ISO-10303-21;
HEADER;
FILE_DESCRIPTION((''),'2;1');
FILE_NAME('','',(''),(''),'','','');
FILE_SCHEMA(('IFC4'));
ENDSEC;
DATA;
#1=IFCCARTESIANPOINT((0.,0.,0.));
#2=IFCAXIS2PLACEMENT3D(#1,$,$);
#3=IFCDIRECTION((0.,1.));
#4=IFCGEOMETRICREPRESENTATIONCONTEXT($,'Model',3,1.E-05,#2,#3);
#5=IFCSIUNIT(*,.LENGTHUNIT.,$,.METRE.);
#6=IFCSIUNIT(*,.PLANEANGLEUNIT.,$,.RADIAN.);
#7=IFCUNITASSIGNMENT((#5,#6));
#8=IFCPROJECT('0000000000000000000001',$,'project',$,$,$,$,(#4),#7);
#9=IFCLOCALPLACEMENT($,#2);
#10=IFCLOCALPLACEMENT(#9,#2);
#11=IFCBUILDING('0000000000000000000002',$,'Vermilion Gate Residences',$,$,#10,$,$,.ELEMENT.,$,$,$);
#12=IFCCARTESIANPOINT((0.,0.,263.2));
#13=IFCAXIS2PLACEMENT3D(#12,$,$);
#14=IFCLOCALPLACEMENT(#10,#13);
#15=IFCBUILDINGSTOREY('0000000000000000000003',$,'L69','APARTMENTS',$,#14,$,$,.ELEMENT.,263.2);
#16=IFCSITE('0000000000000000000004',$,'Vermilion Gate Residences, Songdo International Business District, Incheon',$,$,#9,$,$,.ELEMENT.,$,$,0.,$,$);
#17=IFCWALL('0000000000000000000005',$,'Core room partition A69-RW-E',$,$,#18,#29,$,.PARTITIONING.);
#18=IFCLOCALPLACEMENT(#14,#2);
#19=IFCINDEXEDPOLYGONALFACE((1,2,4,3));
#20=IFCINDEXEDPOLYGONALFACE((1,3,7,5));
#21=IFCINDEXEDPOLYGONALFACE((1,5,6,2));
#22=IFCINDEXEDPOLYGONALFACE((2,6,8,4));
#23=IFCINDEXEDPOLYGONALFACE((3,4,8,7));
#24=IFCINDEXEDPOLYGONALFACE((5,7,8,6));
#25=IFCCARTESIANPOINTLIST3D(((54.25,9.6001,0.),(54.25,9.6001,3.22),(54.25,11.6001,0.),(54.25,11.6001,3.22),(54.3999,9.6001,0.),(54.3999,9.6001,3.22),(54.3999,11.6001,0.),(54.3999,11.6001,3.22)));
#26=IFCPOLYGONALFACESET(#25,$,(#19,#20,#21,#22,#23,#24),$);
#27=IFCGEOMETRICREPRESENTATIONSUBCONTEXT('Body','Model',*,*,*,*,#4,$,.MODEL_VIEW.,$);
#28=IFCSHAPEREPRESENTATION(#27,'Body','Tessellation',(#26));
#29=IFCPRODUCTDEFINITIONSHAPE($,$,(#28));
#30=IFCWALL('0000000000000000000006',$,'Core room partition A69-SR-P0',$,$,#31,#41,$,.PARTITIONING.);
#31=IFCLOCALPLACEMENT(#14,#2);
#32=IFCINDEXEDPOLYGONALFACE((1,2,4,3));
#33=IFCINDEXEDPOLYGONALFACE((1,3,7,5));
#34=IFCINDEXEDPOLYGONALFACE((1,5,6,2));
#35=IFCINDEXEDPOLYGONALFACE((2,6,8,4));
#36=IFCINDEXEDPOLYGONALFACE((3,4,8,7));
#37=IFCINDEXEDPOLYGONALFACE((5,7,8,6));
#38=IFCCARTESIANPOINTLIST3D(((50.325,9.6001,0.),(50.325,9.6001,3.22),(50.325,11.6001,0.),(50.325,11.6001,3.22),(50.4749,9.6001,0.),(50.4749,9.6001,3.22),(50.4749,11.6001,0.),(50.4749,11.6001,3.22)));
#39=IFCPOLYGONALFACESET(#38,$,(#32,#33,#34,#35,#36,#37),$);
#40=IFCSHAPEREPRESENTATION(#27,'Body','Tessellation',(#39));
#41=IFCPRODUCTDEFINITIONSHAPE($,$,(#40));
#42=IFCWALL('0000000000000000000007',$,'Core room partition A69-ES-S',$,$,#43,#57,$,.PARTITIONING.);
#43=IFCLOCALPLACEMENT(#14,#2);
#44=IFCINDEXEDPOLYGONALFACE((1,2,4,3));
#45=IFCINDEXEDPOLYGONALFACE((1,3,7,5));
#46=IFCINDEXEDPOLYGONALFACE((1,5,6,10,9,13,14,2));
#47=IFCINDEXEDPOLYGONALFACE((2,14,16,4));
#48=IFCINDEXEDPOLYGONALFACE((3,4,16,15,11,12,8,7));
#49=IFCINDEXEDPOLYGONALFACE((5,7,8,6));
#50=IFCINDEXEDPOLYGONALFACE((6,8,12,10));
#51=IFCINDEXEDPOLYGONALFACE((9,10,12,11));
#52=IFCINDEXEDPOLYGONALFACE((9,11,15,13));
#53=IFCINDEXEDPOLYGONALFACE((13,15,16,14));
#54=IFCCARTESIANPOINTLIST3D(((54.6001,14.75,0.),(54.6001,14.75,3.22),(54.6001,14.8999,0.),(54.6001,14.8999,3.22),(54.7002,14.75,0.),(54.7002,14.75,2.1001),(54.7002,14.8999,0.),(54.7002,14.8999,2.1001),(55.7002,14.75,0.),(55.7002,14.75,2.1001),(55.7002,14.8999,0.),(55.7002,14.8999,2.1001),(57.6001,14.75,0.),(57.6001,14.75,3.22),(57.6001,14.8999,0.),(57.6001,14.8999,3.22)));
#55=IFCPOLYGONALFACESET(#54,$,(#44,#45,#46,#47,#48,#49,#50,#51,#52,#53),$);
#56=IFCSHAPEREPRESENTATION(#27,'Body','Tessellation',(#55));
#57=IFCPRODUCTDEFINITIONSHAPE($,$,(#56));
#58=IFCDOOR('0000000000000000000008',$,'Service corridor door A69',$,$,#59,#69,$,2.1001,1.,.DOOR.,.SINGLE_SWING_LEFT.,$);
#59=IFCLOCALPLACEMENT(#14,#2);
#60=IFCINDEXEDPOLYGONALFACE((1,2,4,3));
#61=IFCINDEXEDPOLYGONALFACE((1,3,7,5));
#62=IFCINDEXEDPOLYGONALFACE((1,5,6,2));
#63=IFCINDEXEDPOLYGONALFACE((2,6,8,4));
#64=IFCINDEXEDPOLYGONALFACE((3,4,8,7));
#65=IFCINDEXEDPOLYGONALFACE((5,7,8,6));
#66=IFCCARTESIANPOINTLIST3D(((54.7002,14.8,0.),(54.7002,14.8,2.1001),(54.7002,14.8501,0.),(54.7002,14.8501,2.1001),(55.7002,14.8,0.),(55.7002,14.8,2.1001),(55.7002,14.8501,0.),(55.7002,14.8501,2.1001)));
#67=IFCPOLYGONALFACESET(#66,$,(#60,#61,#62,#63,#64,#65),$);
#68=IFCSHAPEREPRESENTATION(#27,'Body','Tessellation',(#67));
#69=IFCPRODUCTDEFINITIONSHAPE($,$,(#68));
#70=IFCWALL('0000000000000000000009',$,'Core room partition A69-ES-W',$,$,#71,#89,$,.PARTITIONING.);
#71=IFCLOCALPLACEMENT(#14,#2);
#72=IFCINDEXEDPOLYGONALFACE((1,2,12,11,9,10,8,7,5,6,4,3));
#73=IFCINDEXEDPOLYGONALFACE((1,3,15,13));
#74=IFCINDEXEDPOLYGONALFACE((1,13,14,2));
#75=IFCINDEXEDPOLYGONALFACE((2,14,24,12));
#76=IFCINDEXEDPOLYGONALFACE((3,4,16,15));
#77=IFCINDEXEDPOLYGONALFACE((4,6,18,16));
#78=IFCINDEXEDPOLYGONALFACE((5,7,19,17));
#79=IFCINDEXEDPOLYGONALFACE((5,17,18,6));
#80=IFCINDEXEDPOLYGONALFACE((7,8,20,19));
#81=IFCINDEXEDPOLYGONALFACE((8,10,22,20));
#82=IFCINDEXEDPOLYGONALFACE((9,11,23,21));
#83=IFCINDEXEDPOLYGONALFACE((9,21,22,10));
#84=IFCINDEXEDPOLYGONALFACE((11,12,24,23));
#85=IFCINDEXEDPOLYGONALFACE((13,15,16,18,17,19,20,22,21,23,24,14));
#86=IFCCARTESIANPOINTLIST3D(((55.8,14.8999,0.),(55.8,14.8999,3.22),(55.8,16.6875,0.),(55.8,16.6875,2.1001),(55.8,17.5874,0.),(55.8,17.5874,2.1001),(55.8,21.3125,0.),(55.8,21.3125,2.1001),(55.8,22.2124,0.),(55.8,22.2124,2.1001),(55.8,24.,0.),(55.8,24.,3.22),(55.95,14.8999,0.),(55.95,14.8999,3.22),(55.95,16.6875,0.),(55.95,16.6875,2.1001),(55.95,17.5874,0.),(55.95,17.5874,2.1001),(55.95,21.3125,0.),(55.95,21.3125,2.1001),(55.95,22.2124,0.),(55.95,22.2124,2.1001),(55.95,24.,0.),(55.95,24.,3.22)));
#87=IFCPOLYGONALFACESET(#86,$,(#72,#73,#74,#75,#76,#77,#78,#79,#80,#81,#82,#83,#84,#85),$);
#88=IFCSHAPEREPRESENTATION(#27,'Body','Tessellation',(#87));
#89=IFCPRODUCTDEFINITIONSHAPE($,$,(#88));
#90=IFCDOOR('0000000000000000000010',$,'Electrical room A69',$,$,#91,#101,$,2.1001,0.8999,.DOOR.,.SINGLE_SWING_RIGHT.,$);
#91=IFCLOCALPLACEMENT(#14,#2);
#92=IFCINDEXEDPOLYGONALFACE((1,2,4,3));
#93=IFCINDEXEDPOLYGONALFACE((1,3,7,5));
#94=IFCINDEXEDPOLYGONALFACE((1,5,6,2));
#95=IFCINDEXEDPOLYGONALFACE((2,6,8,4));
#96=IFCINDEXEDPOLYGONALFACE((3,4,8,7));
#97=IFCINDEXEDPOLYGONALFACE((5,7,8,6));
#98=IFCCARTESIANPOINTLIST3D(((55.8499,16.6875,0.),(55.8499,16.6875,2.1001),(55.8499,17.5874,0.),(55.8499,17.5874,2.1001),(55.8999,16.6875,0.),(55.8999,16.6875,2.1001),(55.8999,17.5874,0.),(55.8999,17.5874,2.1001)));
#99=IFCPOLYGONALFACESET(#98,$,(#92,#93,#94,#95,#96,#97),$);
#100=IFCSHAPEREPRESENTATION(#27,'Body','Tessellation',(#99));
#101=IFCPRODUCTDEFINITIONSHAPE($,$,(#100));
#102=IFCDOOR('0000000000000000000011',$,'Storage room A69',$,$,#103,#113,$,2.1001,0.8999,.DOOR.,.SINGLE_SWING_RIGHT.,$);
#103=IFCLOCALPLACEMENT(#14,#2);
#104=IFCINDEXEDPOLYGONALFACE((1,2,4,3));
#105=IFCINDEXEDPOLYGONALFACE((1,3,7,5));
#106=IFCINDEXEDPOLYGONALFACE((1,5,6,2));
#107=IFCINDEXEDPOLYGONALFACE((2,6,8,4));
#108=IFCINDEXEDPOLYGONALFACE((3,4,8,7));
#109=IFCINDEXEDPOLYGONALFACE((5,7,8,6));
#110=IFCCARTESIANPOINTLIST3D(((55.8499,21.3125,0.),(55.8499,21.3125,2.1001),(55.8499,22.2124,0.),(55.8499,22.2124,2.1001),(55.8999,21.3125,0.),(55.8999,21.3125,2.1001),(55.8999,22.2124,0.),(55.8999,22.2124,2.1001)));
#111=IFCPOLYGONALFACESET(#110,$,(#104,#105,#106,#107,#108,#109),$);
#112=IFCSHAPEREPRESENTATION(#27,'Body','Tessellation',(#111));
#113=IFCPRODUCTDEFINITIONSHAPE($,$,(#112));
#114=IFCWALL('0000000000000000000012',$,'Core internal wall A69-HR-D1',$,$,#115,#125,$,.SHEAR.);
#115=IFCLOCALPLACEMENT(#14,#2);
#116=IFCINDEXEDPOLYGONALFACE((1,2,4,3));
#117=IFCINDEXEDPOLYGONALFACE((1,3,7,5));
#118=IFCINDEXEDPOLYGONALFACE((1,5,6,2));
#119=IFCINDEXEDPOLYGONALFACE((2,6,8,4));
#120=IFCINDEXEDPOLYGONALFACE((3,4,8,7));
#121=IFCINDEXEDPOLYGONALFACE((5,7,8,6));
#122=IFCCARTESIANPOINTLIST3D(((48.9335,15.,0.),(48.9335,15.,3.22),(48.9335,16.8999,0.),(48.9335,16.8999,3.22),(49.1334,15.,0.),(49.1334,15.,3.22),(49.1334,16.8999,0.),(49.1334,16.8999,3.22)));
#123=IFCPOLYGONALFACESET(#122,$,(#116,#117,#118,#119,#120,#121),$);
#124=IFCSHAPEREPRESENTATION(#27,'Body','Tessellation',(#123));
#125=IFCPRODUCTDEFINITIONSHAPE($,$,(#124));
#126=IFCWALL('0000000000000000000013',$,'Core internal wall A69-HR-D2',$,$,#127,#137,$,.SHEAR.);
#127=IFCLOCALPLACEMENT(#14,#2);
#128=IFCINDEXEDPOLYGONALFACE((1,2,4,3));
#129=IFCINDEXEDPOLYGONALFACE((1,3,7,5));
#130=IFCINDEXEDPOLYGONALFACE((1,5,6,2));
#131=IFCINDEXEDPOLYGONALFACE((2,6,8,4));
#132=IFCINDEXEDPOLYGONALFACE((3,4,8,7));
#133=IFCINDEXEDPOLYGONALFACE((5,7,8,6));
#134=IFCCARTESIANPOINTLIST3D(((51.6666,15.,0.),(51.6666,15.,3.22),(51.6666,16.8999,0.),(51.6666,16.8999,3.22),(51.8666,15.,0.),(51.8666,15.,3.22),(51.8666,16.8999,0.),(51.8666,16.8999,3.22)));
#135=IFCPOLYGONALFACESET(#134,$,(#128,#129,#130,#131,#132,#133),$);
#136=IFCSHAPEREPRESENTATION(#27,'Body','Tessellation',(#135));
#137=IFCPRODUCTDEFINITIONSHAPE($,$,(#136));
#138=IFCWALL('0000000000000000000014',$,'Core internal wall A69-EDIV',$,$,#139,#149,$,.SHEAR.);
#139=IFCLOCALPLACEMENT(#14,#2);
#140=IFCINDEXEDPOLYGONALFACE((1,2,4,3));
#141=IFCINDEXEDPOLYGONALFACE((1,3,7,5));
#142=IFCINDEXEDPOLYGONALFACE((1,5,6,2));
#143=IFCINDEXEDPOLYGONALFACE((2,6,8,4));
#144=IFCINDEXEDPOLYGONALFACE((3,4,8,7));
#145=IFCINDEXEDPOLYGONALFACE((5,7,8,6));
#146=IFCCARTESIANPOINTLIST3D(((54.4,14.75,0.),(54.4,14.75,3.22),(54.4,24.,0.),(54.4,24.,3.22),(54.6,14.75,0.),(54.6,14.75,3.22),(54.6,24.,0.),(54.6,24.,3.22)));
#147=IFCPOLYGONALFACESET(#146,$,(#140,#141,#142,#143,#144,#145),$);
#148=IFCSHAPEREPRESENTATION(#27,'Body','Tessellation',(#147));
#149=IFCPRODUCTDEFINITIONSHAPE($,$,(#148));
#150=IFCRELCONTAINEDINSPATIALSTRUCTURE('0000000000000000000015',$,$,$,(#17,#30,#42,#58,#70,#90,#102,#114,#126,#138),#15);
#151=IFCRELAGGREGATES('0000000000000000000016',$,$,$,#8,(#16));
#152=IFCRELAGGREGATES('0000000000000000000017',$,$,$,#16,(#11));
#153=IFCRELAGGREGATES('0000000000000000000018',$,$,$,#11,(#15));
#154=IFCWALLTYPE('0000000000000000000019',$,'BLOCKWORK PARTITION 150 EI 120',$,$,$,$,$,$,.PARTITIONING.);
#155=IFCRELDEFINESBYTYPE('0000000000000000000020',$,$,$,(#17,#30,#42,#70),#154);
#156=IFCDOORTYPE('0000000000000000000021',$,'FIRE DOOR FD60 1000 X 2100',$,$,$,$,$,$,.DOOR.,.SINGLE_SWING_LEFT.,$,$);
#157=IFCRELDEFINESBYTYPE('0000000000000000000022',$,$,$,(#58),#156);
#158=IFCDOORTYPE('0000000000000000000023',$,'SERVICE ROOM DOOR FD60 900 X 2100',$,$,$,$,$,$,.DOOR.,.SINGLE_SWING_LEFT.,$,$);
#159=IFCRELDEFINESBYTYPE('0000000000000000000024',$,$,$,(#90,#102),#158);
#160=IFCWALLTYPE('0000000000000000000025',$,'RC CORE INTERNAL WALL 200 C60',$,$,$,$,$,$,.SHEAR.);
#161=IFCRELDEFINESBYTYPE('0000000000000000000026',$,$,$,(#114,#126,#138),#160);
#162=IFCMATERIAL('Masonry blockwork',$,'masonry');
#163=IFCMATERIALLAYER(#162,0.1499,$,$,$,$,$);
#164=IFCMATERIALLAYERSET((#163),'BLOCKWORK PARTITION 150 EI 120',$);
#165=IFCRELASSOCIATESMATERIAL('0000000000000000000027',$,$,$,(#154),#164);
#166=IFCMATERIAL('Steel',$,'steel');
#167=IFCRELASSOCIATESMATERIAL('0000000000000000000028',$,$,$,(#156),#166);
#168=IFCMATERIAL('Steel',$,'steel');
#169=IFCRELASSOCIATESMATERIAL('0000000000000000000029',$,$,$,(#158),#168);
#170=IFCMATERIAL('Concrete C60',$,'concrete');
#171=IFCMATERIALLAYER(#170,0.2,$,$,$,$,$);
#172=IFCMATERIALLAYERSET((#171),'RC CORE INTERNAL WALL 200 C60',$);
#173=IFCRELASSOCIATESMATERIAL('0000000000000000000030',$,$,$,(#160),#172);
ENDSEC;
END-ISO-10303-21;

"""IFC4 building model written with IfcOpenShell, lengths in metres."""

from ifc_helpers import new_model, si_unit, direction, frame, frame_2d, origin, place, context, subcontext, project, spatial, rectangle, extrude, material, layer, layer_set, type_object, element, fill, save


model = new_model("IFC4")

# Units and contexts
model_context = context("Model", 3, precision=1e-05, world=origin(), true_north=direction((0.0, 1.0)))
body_context = subcontext(model_context, "Body", "Model", "MODEL_VIEW")
ifc_project = project(units=[si_unit("LENGTHUNIT", "METRE"), si_unit("PLANEANGLEUNIT", "RADIAN")], contexts=[model_context])

# Site, building, storey
site_placement = place(None, origin())
site = spatial("IfcSite", under=ifc_project, at=site_placement, Name="Vermilion Gate Residences, Songdo International Business District, Incheon", CompositionType="ELEMENT", RefElevation=0.0)
building_placement = place(site_placement, origin())
building = spatial("IfcBuilding", under=site, at=building_placement, Name="Vermilion Gate Residences", CompositionType="ELEMENT")
storey_placement = place(building_placement, frame((0.0, 0.0, 263.2)))
storey = spatial("IfcBuildingStorey", under=building, at=storey_placement, Name="L69", Description="APARTMENTS", CompositionType="ELEMENT", Elevation=263.2)

# Walls
ifc_material_1 = material(Name="Masonry blockwork", Category="masonry")
ifc_layer_1 = layer(ifc_material_1, 0.1499)
ifc_layer_set_1 = layer_set([ifc_layer_1], Name="BLOCKWORK PARTITION 150 EI 120")
wall_type_1 = type_object("IfcWallType", Name="BLOCKWORK PARTITION 150 EI 120", PredefinedType="PARTITIONING", material=ifc_layer_set_1)
for number, where, z_axis, x_axis, name in (
    (1, (54.325, 9.6001, 0.0), (0.0, 0.0, 1.0), (0.0, 1.0, 0.0), "Core room partition A69-RW-E"),
    (2, (50.3999, 9.6001, 0.0), (0.0, 0.0, 1.0), (0.0, 1.0, 0.0), "Core room partition A69-SR-P0"),
):
    element("IfcWall", number, at=place(storey_placement, frame(where, z_axis=z_axis, x_axis=x_axis)), inside=storey, type_object=wall_type_1, Name=name, PredefinedType="PARTITIONING", context=body_context, shape_type="SweptSolid", body=[
        extrude(rectangle(XDim=2.0, YDim=0.1499, at=frame_2d((1.0, 0.0))), origin(), (0.0, 0.0, 1.0), 3.22),
    ])

# Wall, opening, door
wall_1_placement = place(storey_placement, frame((54.6001, 14.825, 0.0), z_axis=(0.0, 0.0, 1.0), x_axis=(1.0, 0.0, 0.0)))
wall_1 = element("IfcWall", 3, at=wall_1_placement, inside=storey, type_object=wall_type_1, Name="Core room partition A69-ES-S", PredefinedType="PARTITIONING", context=body_context, shape_type="SweptSolid", body=[
    extrude(rectangle(XDim=3.0, YDim=0.1499, at=frame_2d((1.5, 0.0))), origin(), (0.0, 0.0, 1.0), 3.22),
])
opening_1_placement = place(wall_1_placement, frame((0.1001, 0.0, 0.0)))
opening_1 = element("IfcOpeningElement", 4, at=opening_1_placement, cuts=wall_1, PredefinedType="OPENING", context=body_context, shape_type="SweptSolid", body=[
    extrude(rectangle(XDim=1.0, YDim=2.1001, at=frame_2d((0.5, 1.05))), frame((0.0, 0.085, 0.0), z_axis=(0.0, -1.0, 0.0), x_axis=(1.0, 0.0, 0.0)), (0.0, 0.0, 1.0), 0.1699),
])
ifc_material_2 = material(Name="Steel", Category="steel")
door_type_1 = type_object("IfcDoorType", Name="FIRE DOOR FD60 1000 X 2100", OperationType="SINGLE_SWING_LEFT", PredefinedType="DOOR", material=ifc_material_2)
door_1_placement = place(opening_1_placement, frame((1.0, 0.0, 0.0), z_axis=(0.0, 0.0, 1.0), x_axis=(-1.0, 0.0, 0.0)))
door_1 = element("IfcDoor", 5, at=door_1_placement, inside=storey, type_object=door_type_1, Name="Service corridor door A69", OperationType="SINGLE_SWING_LEFT", OverallHeight=2.1001, OverallWidth=1.0, PredefinedType="DOOR", context=body_context, shape_type="SweptSolid", body=[
    extrude(rectangle(XDim=1.0, YDim=2.1001, at=frame_2d((0.5, 1.05))), frame((0.0, 0.0249, 0.0), z_axis=(0.0, -1.0, 0.0), x_axis=(1.0, 0.0, 0.0)), (0.0, 0.0, 1.0), 0.05),
])
fill(opening_1, door_1)

# Wall, openings, doors
wall_2_placement = place(storey_placement, frame((55.875, 14.8999, 0.0), z_axis=(0.0, 0.0, 1.0), x_axis=(0.0, 1.0, 0.0)))
wall_2 = element("IfcWall", 6, at=wall_2_placement, inside=storey, type_object=wall_type_1, Name="Core room partition A69-ES-W", PredefinedType="PARTITIONING", context=body_context, shape_type="SweptSolid", body=[
    extrude(rectangle(XDim=9.1001, YDim=0.1499, at=frame_2d((4.55, 0.0))), origin(), (0.0, 0.0, 1.0), 3.22),
])
opening_2_placement = place(wall_2_placement, frame((1.7876, 0.0, 0.0)))
opening_2 = element("IfcOpeningElement", 7, at=opening_2_placement, cuts=wall_2, PredefinedType="OPENING", context=body_context, shape_type="SweptSolid", body=[
    extrude(rectangle(XDim=0.8999, YDim=2.1001, at=frame_2d((0.45, 1.05))), frame((0.0, 0.085, 0.0), z_axis=(0.0, -1.0, 0.0), x_axis=(1.0, 0.0, 0.0)), (0.0, 0.0, 1.0), 0.1699),
])
opening_3_placement = place(wall_2_placement, frame((6.4126, 0.0, 0.0)))
opening_3 = element("IfcOpeningElement", 8, at=opening_3_placement, cuts=wall_2, PredefinedType="OPENING", context=body_context, shape_type="SweptSolid", body=[
    extrude(rectangle(XDim=0.8999, YDim=2.1001, at=frame_2d((0.45, 1.05))), frame((0.0, 0.085, 0.0), z_axis=(0.0, -1.0, 0.0), x_axis=(1.0, 0.0, 0.0)), (0.0, 0.0, 1.0), 0.1699),
])
ifc_material_3 = material(Name="Steel", Category="steel")
door_type_2 = type_object("IfcDoorType", Name="SERVICE ROOM DOOR FD60 900 X 2100", OperationType="SINGLE_SWING_LEFT", PredefinedType="DOOR", material=ifc_material_3)
door_2_placement = place(opening_2_placement, frame((0.8999, 0.0, 0.0), z_axis=(0.0, 0.0, 1.0), x_axis=(-1.0, 0.0, 0.0)))
door_2 = element("IfcDoor", 9, at=door_2_placement, inside=storey, type_object=door_type_2, Name="Electrical room A69", OperationType="SINGLE_SWING_RIGHT", OverallHeight=2.1001, OverallWidth=0.8999, PredefinedType="DOOR", context=body_context, shape_type="SweptSolid", body=[
    extrude(rectangle(XDim=0.8999, YDim=2.1001, at=frame_2d((0.45, 1.05))), frame((0.0, 0.0249, 0.0), z_axis=(0.0, -1.0, 0.0), x_axis=(1.0, 0.0, 0.0)), (0.0, 0.0, 1.0), 0.05),
])
fill(opening_2, door_2)
door_3_placement = place(opening_3_placement, frame((0.8999, 0.0, 0.0), z_axis=(0.0, 0.0, 1.0), x_axis=(-1.0, 0.0, 0.0)))
door_3 = element("IfcDoor", 10, at=door_3_placement, inside=storey, type_object=door_type_2, Name="Storage room A69", OperationType="SINGLE_SWING_RIGHT", OverallHeight=2.1001, OverallWidth=0.8999, PredefinedType="DOOR", context=body_context, shape_type="SweptSolid", body=[
    extrude(rectangle(XDim=0.8999, YDim=2.1001, at=frame_2d((0.45, 1.05))), frame((0.0, 0.0249, 0.0), z_axis=(0.0, -1.0, 0.0), x_axis=(1.0, 0.0, 0.0)), (0.0, 0.0, 1.0), 0.05),
])
fill(opening_3, door_3)

# Walls
ifc_material_4 = material(Name="Concrete C60", Category="concrete")
ifc_layer_2 = layer(ifc_material_4, 0.2)
ifc_layer_set_2 = layer_set([ifc_layer_2], Name="RC CORE INTERNAL WALL 200 C60")
wall_type_2 = type_object("IfcWallType", Name="RC CORE INTERNAL WALL 200 C60", PredefinedType="SHEAR", material=ifc_layer_set_2)
for number, where, z_axis, x_axis, name in (
    (11, (49.0334, 15.0, 0.0), (0.0, 0.0, 1.0), (0.0, 1.0, 0.0), "Core internal wall A69-HR-D1"),
    (12, (51.7666, 15.0, 0.0), (0.0, 0.0, 1.0), (0.0, 1.0, 0.0), "Core internal wall A69-HR-D2"),
):
    element("IfcWall", number, at=place(storey_placement, frame(where, z_axis=z_axis, x_axis=x_axis)), inside=storey, type_object=wall_type_2, Name=name, PredefinedType="SHEAR", context=body_context, shape_type="SweptSolid", body=[
        extrude(rectangle(XDim=1.8999, YDim=0.2, at=frame_2d((0.95, 0.0))), origin(), (0.0, 0.0, 1.0), 3.22),
    ])
wall_3_placement = place(storey_placement, frame((54.5, 14.75, 0.0), z_axis=(0.0, 0.0, 1.0), x_axis=(0.0, 1.0, 0.0)))
element("IfcWall", 13, at=wall_3_placement, inside=storey, type_object=wall_type_2, Name="Core internal wall A69-EDIV", PredefinedType="SHEAR", context=body_context, shape_type="SweptSolid", body=[
    extrude(rectangle(XDim=9.25, YDim=0.2, at=frame_2d((4.625, 0.0))), origin(), (0.0, 0.0, 1.0), 3.22),
])

save(model, "model.ifc")
